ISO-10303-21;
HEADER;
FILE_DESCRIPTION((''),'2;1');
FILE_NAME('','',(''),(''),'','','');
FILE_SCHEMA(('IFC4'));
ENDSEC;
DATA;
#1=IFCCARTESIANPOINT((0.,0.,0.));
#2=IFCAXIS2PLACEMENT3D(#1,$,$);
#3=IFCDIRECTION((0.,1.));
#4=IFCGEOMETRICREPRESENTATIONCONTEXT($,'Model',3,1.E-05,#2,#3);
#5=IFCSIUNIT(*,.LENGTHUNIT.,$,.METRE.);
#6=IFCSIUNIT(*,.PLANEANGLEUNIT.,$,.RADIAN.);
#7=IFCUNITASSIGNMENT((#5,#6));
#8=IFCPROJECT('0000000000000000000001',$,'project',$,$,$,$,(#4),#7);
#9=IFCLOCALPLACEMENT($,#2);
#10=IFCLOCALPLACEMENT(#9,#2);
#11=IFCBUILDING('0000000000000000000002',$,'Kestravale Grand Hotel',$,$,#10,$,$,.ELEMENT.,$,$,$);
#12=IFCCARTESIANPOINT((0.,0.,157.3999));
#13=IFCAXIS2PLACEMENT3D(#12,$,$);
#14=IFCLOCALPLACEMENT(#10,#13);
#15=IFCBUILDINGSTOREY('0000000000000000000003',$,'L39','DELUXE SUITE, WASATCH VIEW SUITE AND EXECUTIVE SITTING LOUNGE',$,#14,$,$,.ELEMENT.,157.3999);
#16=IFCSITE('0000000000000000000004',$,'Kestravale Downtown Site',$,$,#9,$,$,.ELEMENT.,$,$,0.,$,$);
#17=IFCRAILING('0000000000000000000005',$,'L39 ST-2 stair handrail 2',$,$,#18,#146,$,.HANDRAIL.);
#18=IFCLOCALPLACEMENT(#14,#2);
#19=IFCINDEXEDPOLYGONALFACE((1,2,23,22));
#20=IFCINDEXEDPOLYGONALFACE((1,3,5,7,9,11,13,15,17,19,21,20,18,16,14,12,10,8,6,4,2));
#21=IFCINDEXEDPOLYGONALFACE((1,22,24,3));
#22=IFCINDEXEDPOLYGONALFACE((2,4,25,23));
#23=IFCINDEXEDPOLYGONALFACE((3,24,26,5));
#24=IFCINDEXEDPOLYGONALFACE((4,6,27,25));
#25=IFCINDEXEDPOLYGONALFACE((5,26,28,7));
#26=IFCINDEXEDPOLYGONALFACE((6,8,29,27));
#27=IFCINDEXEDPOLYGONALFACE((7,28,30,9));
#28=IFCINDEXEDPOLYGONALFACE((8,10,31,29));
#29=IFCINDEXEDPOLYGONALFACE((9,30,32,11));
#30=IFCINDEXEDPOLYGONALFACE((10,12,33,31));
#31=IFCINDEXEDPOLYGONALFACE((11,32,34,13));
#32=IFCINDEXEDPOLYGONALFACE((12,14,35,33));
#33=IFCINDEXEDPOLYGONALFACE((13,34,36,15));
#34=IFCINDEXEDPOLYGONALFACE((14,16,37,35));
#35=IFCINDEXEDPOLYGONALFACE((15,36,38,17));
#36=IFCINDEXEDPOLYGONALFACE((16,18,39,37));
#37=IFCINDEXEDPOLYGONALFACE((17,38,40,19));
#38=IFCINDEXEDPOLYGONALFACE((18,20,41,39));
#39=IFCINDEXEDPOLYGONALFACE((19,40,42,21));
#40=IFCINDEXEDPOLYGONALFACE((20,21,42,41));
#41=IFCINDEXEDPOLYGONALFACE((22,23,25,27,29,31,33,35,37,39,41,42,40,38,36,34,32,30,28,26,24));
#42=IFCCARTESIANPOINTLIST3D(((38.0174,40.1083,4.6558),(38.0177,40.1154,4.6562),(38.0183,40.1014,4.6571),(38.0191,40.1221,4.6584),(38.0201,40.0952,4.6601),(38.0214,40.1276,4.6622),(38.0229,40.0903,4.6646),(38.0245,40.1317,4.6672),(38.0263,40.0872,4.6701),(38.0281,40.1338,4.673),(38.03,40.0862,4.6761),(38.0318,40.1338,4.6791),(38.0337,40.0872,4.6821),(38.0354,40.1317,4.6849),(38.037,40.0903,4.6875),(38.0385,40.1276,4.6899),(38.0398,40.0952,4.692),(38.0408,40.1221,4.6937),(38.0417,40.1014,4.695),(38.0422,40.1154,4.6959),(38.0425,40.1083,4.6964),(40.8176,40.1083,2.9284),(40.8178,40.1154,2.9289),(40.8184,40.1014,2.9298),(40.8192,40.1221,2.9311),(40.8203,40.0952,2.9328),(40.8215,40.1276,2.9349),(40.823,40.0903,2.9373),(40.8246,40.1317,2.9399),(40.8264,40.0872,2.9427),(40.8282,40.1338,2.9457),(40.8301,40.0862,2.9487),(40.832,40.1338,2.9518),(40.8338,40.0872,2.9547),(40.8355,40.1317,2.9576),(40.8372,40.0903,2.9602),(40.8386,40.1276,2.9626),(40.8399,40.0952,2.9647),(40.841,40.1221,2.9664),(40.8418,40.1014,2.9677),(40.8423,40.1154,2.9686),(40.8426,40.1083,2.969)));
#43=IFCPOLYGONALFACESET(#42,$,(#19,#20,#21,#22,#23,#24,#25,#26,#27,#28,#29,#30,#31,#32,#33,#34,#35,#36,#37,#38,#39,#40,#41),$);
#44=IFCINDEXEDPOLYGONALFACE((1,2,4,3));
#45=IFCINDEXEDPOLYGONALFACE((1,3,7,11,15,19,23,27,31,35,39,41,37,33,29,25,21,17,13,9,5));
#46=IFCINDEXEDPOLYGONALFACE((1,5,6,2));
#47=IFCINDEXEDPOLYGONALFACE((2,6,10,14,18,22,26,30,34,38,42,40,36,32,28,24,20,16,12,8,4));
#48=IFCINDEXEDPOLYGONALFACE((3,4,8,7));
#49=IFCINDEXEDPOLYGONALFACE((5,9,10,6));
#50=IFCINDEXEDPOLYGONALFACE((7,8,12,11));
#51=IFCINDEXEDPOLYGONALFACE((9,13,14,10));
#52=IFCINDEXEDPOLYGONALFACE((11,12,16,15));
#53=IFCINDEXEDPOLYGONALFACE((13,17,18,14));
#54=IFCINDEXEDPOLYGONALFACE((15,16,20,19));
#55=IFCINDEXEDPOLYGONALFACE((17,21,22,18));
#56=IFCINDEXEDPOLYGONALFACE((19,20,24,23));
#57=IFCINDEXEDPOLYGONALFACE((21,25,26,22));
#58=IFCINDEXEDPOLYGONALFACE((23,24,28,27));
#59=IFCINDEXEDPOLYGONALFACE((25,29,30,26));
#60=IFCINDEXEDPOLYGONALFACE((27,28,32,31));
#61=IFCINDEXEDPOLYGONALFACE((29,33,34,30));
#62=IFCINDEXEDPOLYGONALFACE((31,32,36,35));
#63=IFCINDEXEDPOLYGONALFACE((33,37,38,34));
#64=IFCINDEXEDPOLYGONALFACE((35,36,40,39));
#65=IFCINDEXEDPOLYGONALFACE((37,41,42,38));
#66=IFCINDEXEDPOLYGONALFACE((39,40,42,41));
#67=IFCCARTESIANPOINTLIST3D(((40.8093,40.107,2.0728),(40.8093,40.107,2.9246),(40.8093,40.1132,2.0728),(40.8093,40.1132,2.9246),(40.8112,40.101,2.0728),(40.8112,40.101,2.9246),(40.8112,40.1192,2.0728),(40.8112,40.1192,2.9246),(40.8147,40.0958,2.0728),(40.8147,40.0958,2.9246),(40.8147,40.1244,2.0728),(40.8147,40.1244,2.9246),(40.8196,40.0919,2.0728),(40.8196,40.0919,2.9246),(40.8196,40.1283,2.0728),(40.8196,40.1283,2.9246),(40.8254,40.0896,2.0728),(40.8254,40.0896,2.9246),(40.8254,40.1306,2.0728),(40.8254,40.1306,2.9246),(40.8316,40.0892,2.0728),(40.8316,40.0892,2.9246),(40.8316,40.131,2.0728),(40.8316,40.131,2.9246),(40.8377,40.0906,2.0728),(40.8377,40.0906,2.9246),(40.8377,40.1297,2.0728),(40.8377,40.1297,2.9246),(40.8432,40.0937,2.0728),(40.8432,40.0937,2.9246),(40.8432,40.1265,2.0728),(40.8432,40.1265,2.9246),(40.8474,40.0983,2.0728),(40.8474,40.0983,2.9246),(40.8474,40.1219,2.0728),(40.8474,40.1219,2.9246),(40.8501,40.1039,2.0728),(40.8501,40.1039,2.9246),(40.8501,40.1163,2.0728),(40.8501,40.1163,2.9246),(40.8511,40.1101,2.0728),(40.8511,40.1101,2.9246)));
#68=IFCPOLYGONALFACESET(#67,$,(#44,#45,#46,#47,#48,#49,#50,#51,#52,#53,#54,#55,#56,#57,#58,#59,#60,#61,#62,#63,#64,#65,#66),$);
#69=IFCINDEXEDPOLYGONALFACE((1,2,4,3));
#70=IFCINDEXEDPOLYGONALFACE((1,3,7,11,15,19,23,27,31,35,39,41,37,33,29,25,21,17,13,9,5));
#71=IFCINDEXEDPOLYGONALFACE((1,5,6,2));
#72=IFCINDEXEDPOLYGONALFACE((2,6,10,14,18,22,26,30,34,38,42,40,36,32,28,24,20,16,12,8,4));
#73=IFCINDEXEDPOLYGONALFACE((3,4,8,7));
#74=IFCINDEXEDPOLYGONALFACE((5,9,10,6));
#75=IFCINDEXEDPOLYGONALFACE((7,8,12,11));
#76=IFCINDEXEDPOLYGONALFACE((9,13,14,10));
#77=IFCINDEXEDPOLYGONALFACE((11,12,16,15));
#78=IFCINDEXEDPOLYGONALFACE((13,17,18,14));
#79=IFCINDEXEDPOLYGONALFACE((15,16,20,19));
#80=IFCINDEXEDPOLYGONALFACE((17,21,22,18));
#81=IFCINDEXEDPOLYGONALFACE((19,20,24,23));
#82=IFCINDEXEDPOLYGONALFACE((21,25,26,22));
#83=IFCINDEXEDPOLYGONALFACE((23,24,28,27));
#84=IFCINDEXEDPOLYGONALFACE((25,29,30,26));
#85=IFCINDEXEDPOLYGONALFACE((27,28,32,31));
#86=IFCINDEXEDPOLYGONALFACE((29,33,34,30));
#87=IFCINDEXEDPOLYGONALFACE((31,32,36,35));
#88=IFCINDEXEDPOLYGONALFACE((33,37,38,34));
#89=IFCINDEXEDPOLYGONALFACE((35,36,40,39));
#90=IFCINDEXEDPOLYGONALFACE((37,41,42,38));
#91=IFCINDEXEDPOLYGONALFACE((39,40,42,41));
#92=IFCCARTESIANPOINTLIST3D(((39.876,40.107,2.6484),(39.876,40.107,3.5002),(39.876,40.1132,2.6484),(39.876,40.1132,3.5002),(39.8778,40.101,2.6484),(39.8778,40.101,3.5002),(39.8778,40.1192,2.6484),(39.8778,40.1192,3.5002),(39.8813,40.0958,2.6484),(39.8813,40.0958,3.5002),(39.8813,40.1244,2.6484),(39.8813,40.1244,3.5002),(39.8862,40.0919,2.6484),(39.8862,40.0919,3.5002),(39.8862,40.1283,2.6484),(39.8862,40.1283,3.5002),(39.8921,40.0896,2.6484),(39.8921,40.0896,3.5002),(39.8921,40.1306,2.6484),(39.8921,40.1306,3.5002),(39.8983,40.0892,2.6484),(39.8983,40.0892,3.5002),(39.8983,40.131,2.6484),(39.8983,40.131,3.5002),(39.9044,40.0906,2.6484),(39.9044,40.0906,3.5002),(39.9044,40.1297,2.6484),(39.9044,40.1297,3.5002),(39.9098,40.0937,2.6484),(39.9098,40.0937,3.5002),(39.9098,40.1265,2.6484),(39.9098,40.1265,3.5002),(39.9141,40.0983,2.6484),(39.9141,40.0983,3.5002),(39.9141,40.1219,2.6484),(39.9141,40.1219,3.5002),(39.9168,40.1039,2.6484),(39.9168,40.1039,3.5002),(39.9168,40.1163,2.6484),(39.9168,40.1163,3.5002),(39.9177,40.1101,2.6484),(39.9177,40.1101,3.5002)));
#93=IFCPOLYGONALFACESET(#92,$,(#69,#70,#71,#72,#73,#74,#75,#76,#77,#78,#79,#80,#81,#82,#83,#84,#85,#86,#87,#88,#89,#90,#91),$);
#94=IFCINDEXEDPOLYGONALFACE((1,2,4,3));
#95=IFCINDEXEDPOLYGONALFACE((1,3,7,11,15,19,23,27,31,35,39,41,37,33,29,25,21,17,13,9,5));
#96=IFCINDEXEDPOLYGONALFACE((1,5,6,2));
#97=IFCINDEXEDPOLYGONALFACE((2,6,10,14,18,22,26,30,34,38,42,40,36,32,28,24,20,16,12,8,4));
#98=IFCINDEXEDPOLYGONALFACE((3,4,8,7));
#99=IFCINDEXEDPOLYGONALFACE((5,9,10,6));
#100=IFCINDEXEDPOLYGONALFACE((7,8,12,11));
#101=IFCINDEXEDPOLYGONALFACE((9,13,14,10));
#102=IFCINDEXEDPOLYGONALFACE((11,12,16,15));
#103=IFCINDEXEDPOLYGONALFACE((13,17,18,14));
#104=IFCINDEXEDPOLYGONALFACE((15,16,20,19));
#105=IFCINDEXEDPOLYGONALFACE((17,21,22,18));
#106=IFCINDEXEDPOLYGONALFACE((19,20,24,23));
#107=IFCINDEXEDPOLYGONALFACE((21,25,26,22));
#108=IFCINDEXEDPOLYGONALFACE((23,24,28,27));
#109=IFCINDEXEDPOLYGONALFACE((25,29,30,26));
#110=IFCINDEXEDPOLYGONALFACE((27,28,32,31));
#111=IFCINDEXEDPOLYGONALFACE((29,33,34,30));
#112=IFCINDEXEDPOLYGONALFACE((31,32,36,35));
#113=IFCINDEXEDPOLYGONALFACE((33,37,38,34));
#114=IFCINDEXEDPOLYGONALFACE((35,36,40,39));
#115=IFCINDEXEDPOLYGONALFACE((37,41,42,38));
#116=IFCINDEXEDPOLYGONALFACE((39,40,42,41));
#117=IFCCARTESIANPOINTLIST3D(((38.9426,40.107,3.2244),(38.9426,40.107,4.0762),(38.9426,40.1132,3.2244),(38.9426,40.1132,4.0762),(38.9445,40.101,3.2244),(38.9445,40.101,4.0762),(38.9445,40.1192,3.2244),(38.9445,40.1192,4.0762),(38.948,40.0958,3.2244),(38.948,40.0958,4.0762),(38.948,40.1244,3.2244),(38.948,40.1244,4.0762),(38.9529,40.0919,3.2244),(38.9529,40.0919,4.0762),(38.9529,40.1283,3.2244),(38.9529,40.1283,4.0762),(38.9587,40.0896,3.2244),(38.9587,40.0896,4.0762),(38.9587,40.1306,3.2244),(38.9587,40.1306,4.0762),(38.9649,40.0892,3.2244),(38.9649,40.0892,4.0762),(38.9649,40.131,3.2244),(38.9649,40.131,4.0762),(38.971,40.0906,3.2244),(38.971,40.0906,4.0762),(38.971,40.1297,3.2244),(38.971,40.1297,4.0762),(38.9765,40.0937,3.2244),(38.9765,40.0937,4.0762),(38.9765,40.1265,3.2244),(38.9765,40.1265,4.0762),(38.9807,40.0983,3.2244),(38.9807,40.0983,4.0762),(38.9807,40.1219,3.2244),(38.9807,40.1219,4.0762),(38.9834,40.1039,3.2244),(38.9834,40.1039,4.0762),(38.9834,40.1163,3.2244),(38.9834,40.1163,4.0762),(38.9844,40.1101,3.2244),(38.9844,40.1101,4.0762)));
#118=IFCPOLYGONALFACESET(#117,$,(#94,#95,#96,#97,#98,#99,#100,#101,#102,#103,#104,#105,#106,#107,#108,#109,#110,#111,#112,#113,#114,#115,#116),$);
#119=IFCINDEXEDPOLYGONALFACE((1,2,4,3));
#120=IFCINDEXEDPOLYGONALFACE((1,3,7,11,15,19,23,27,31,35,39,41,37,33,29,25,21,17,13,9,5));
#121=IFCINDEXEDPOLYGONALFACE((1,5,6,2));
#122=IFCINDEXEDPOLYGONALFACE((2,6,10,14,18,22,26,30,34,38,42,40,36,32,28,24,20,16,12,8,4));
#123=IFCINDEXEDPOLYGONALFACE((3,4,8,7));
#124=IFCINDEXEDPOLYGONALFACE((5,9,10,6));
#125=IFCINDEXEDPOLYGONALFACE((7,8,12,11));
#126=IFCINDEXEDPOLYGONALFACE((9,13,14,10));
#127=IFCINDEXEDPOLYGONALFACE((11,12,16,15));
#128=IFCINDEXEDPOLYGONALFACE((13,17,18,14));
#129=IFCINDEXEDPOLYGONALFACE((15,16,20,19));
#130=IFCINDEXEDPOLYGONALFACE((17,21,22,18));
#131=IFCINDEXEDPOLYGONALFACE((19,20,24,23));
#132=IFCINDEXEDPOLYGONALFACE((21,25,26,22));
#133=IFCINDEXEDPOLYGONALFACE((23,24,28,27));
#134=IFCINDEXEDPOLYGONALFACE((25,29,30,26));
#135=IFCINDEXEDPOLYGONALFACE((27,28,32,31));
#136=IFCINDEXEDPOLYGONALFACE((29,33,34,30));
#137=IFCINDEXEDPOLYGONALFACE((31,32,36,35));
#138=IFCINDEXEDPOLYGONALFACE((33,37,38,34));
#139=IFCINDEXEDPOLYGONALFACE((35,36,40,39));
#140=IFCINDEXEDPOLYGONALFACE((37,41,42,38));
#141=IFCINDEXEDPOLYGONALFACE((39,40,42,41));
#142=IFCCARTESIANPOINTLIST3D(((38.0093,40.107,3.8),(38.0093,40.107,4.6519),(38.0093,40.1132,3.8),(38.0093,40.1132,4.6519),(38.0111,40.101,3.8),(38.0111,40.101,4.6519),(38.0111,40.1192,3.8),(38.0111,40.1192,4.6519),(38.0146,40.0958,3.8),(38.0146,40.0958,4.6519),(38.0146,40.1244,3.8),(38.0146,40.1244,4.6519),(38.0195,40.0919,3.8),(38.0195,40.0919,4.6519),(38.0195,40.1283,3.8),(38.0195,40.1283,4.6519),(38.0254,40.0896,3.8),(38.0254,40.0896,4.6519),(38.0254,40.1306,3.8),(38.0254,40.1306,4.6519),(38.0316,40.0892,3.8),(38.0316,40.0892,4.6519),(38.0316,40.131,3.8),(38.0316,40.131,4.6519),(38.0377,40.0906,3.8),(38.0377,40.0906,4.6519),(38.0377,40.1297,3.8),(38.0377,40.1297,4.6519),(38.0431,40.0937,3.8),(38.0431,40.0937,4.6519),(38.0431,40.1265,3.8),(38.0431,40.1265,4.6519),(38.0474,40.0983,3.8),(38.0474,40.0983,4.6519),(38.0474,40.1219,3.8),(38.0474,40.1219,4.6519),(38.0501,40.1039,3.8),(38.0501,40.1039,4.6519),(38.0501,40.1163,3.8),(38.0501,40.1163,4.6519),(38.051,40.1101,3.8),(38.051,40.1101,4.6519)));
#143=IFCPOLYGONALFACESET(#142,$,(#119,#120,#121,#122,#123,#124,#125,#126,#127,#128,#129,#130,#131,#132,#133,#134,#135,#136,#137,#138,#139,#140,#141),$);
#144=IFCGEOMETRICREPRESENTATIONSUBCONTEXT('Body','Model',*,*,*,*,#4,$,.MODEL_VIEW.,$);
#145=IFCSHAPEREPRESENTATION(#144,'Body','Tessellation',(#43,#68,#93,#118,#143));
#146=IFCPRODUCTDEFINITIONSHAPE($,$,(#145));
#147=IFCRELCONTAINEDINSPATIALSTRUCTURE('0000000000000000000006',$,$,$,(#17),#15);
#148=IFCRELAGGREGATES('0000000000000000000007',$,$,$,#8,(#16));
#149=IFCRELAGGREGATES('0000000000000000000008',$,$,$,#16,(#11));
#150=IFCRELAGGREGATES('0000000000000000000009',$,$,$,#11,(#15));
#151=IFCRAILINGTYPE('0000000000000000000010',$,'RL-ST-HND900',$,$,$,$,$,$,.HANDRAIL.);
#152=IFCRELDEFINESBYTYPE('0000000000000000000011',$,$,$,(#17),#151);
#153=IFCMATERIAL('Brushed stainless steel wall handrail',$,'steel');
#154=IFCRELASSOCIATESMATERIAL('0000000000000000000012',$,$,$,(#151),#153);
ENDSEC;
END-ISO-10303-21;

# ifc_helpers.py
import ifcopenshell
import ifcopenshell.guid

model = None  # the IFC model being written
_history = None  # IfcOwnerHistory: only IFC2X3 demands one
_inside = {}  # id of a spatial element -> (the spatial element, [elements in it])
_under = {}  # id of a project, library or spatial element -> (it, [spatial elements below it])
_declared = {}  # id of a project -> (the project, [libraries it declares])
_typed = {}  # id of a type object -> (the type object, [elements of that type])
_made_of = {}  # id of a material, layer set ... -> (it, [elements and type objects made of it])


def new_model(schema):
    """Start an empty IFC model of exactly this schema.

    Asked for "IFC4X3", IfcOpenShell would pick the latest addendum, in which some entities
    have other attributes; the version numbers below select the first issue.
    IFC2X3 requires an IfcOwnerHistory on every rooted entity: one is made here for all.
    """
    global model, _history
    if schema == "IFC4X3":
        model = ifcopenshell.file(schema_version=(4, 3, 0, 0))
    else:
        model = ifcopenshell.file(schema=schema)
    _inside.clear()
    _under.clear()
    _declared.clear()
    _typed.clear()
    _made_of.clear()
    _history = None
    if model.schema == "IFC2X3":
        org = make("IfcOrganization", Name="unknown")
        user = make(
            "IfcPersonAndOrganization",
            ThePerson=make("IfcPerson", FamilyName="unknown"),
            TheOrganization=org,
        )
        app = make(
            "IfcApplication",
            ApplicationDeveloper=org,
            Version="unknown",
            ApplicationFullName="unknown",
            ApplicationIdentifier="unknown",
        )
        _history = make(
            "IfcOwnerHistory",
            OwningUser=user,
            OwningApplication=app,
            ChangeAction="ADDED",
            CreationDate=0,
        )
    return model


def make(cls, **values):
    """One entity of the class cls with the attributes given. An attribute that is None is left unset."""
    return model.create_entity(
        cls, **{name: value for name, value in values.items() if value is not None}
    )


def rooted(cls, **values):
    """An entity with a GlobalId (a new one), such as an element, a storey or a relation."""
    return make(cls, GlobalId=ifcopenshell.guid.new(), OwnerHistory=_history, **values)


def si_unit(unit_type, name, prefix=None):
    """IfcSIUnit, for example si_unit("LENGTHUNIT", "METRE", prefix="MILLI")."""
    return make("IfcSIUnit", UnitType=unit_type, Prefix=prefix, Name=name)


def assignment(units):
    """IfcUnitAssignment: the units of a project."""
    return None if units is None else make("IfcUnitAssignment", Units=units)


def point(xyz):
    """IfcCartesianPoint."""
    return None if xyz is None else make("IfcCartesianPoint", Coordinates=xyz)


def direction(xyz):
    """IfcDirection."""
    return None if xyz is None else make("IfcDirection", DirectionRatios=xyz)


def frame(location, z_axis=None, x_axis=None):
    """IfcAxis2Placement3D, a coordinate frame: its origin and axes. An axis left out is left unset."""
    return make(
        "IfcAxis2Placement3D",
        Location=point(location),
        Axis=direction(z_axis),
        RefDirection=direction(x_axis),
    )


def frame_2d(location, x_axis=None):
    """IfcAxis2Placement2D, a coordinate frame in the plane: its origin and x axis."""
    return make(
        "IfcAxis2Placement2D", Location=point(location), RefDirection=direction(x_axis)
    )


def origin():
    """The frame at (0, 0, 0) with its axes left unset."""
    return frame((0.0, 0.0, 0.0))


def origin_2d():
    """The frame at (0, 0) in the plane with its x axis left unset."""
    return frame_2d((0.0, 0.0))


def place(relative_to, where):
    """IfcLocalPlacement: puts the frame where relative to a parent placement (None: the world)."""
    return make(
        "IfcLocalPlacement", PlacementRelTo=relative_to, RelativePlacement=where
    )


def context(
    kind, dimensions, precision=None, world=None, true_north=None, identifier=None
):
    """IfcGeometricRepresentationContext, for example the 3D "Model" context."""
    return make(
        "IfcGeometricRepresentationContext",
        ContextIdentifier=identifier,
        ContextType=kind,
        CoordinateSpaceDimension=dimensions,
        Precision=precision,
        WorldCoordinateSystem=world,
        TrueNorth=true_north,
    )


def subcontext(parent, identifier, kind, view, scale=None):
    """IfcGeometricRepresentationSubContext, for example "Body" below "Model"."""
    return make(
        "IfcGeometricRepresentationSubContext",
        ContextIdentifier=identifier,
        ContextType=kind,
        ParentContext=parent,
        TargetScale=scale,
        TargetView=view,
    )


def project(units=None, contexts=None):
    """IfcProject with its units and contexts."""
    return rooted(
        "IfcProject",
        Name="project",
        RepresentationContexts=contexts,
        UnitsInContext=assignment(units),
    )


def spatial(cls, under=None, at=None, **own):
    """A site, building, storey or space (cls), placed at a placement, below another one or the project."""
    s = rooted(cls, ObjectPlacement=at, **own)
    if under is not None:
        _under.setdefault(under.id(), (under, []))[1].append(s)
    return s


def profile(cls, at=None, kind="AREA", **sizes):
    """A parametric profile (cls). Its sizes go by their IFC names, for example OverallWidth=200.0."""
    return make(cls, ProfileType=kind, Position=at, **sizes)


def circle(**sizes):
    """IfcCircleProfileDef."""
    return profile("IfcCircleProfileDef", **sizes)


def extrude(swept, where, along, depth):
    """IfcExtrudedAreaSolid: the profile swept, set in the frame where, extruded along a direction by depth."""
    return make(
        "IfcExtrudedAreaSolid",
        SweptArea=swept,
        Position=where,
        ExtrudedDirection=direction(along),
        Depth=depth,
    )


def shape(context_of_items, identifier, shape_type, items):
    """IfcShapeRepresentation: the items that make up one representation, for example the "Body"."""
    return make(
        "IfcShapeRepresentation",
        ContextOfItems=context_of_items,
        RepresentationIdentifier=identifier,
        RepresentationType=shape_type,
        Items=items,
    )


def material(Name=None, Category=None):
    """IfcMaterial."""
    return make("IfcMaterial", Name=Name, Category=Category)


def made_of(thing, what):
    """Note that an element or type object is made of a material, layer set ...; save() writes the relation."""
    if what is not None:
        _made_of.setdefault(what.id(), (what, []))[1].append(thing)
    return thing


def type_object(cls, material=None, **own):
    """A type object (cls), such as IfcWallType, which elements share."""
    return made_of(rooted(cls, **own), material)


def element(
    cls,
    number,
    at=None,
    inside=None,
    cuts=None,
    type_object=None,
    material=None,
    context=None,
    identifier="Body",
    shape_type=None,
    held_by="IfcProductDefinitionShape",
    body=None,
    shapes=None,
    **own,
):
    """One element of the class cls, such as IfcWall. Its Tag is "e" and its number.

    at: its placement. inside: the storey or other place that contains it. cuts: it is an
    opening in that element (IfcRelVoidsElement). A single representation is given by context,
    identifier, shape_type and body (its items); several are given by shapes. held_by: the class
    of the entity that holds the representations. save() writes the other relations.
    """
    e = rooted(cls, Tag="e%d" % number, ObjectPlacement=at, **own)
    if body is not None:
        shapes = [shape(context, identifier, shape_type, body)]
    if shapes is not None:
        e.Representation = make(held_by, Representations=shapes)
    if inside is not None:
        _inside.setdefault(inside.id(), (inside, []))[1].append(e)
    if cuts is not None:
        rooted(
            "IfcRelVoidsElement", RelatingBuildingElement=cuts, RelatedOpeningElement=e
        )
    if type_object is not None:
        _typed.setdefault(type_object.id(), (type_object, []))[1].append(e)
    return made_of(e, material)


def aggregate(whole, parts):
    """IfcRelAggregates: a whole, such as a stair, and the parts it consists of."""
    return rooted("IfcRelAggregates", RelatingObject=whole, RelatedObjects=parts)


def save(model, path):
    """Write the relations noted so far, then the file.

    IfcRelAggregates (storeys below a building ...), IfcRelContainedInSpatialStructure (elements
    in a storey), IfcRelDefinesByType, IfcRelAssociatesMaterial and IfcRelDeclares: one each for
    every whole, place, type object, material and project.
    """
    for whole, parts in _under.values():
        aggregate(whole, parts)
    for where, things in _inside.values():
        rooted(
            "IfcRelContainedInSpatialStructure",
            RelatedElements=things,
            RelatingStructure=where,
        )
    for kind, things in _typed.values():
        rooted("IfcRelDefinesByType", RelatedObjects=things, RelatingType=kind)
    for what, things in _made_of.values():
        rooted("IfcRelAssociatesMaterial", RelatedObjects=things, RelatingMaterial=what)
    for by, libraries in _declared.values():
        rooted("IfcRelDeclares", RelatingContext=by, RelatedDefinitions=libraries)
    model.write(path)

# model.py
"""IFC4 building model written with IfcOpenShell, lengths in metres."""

from ifc_helpers import new_model, si_unit, direction, frame, origin, origin_2d, place, context, subcontext, project, spatial, circle, extrude, material, type_object, element, save


model = new_model("IFC4")

# Units and contexts
model_context = context("Model", 3, precision=1e-05, world=origin(), true_north=direction((0.0, 1.0)))
body_context = subcontext(model_context, "Body", "Model", "MODEL_VIEW")
ifc_project = project(units=[si_unit("LENGTHUNIT", "METRE"), si_unit("PLANEANGLEUNIT", "RADIAN")], contexts=[model_context])

# Site, building, storey
site_placement = place(None, origin())
site = spatial("IfcSite", under=ifc_project, at=site_placement, Name="Kestravale Downtown Site", CompositionType="ELEMENT", RefElevation=0.0)
building_placement = place(site_placement, origin())
building = spatial("IfcBuilding", under=site, at=building_placement, Name="Kestravale Grand Hotel", CompositionType="ELEMENT")
storey_placement = place(building_placement, frame((0.0, 0.0, 157.3999)))
storey = spatial("IfcBuildingStorey", under=building, at=storey_placement, Name="L39", Description="DELUXE SUITE, WASATCH VIEW SUITE AND EXECUTIVE SITTING LOUNGE", CompositionType="ELEMENT", Elevation=157.3999)

# Railing
ifc_material_1 = material(Name="Brushed stainless steel wall handrail", Category="steel")
railing_type_1 = type_object("IfcRailingType", Name="RL-ST-HND900", PredefinedType="HANDRAIL", material=ifc_material_1)
railing_1_placement = place(storey_placement, frame((40.8301, 40.1101, 2.0728)))
element("IfcRailing", 1, at=railing_1_placement, inside=storey, type_object=railing_type_1, Name="L39 ST-2 stair handrail 2", PredefinedType="HANDRAIL", context=body_context, shape_type="SweptSolid", body=[
    extrude(circle(Radius=0.0239, at=origin_2d()), frame((0.0, 0.0, 0.876), z_axis=(-0.85109, 0.0, 0.52502), x_axis=(0.0, -1.0, 0.0)), (0.0, 0.0, 1.0), 3.29),
    extrude(circle(Radius=0.021, at=origin_2d()), origin(), (0.0, 0.0, 1.0), 0.8518),
    extrude(circle(Radius=0.021, at=origin_2d()), frame((-0.9333, 0.0, 0.5757)), (0.0, 0.0, 1.0), 0.8518),
    extrude(circle(Radius=0.021, at=origin_2d()), frame((-1.8667, 0.0, 1.1516)), (0.0, 0.0, 1.0), 0.8518),
    extrude(circle(Radius=0.021, at=origin_2d()), frame((-2.8, 0.0, 1.7273)), (0.0, 0.0, 1.0), 0.8518),
])

save(model, "model.ifc")
